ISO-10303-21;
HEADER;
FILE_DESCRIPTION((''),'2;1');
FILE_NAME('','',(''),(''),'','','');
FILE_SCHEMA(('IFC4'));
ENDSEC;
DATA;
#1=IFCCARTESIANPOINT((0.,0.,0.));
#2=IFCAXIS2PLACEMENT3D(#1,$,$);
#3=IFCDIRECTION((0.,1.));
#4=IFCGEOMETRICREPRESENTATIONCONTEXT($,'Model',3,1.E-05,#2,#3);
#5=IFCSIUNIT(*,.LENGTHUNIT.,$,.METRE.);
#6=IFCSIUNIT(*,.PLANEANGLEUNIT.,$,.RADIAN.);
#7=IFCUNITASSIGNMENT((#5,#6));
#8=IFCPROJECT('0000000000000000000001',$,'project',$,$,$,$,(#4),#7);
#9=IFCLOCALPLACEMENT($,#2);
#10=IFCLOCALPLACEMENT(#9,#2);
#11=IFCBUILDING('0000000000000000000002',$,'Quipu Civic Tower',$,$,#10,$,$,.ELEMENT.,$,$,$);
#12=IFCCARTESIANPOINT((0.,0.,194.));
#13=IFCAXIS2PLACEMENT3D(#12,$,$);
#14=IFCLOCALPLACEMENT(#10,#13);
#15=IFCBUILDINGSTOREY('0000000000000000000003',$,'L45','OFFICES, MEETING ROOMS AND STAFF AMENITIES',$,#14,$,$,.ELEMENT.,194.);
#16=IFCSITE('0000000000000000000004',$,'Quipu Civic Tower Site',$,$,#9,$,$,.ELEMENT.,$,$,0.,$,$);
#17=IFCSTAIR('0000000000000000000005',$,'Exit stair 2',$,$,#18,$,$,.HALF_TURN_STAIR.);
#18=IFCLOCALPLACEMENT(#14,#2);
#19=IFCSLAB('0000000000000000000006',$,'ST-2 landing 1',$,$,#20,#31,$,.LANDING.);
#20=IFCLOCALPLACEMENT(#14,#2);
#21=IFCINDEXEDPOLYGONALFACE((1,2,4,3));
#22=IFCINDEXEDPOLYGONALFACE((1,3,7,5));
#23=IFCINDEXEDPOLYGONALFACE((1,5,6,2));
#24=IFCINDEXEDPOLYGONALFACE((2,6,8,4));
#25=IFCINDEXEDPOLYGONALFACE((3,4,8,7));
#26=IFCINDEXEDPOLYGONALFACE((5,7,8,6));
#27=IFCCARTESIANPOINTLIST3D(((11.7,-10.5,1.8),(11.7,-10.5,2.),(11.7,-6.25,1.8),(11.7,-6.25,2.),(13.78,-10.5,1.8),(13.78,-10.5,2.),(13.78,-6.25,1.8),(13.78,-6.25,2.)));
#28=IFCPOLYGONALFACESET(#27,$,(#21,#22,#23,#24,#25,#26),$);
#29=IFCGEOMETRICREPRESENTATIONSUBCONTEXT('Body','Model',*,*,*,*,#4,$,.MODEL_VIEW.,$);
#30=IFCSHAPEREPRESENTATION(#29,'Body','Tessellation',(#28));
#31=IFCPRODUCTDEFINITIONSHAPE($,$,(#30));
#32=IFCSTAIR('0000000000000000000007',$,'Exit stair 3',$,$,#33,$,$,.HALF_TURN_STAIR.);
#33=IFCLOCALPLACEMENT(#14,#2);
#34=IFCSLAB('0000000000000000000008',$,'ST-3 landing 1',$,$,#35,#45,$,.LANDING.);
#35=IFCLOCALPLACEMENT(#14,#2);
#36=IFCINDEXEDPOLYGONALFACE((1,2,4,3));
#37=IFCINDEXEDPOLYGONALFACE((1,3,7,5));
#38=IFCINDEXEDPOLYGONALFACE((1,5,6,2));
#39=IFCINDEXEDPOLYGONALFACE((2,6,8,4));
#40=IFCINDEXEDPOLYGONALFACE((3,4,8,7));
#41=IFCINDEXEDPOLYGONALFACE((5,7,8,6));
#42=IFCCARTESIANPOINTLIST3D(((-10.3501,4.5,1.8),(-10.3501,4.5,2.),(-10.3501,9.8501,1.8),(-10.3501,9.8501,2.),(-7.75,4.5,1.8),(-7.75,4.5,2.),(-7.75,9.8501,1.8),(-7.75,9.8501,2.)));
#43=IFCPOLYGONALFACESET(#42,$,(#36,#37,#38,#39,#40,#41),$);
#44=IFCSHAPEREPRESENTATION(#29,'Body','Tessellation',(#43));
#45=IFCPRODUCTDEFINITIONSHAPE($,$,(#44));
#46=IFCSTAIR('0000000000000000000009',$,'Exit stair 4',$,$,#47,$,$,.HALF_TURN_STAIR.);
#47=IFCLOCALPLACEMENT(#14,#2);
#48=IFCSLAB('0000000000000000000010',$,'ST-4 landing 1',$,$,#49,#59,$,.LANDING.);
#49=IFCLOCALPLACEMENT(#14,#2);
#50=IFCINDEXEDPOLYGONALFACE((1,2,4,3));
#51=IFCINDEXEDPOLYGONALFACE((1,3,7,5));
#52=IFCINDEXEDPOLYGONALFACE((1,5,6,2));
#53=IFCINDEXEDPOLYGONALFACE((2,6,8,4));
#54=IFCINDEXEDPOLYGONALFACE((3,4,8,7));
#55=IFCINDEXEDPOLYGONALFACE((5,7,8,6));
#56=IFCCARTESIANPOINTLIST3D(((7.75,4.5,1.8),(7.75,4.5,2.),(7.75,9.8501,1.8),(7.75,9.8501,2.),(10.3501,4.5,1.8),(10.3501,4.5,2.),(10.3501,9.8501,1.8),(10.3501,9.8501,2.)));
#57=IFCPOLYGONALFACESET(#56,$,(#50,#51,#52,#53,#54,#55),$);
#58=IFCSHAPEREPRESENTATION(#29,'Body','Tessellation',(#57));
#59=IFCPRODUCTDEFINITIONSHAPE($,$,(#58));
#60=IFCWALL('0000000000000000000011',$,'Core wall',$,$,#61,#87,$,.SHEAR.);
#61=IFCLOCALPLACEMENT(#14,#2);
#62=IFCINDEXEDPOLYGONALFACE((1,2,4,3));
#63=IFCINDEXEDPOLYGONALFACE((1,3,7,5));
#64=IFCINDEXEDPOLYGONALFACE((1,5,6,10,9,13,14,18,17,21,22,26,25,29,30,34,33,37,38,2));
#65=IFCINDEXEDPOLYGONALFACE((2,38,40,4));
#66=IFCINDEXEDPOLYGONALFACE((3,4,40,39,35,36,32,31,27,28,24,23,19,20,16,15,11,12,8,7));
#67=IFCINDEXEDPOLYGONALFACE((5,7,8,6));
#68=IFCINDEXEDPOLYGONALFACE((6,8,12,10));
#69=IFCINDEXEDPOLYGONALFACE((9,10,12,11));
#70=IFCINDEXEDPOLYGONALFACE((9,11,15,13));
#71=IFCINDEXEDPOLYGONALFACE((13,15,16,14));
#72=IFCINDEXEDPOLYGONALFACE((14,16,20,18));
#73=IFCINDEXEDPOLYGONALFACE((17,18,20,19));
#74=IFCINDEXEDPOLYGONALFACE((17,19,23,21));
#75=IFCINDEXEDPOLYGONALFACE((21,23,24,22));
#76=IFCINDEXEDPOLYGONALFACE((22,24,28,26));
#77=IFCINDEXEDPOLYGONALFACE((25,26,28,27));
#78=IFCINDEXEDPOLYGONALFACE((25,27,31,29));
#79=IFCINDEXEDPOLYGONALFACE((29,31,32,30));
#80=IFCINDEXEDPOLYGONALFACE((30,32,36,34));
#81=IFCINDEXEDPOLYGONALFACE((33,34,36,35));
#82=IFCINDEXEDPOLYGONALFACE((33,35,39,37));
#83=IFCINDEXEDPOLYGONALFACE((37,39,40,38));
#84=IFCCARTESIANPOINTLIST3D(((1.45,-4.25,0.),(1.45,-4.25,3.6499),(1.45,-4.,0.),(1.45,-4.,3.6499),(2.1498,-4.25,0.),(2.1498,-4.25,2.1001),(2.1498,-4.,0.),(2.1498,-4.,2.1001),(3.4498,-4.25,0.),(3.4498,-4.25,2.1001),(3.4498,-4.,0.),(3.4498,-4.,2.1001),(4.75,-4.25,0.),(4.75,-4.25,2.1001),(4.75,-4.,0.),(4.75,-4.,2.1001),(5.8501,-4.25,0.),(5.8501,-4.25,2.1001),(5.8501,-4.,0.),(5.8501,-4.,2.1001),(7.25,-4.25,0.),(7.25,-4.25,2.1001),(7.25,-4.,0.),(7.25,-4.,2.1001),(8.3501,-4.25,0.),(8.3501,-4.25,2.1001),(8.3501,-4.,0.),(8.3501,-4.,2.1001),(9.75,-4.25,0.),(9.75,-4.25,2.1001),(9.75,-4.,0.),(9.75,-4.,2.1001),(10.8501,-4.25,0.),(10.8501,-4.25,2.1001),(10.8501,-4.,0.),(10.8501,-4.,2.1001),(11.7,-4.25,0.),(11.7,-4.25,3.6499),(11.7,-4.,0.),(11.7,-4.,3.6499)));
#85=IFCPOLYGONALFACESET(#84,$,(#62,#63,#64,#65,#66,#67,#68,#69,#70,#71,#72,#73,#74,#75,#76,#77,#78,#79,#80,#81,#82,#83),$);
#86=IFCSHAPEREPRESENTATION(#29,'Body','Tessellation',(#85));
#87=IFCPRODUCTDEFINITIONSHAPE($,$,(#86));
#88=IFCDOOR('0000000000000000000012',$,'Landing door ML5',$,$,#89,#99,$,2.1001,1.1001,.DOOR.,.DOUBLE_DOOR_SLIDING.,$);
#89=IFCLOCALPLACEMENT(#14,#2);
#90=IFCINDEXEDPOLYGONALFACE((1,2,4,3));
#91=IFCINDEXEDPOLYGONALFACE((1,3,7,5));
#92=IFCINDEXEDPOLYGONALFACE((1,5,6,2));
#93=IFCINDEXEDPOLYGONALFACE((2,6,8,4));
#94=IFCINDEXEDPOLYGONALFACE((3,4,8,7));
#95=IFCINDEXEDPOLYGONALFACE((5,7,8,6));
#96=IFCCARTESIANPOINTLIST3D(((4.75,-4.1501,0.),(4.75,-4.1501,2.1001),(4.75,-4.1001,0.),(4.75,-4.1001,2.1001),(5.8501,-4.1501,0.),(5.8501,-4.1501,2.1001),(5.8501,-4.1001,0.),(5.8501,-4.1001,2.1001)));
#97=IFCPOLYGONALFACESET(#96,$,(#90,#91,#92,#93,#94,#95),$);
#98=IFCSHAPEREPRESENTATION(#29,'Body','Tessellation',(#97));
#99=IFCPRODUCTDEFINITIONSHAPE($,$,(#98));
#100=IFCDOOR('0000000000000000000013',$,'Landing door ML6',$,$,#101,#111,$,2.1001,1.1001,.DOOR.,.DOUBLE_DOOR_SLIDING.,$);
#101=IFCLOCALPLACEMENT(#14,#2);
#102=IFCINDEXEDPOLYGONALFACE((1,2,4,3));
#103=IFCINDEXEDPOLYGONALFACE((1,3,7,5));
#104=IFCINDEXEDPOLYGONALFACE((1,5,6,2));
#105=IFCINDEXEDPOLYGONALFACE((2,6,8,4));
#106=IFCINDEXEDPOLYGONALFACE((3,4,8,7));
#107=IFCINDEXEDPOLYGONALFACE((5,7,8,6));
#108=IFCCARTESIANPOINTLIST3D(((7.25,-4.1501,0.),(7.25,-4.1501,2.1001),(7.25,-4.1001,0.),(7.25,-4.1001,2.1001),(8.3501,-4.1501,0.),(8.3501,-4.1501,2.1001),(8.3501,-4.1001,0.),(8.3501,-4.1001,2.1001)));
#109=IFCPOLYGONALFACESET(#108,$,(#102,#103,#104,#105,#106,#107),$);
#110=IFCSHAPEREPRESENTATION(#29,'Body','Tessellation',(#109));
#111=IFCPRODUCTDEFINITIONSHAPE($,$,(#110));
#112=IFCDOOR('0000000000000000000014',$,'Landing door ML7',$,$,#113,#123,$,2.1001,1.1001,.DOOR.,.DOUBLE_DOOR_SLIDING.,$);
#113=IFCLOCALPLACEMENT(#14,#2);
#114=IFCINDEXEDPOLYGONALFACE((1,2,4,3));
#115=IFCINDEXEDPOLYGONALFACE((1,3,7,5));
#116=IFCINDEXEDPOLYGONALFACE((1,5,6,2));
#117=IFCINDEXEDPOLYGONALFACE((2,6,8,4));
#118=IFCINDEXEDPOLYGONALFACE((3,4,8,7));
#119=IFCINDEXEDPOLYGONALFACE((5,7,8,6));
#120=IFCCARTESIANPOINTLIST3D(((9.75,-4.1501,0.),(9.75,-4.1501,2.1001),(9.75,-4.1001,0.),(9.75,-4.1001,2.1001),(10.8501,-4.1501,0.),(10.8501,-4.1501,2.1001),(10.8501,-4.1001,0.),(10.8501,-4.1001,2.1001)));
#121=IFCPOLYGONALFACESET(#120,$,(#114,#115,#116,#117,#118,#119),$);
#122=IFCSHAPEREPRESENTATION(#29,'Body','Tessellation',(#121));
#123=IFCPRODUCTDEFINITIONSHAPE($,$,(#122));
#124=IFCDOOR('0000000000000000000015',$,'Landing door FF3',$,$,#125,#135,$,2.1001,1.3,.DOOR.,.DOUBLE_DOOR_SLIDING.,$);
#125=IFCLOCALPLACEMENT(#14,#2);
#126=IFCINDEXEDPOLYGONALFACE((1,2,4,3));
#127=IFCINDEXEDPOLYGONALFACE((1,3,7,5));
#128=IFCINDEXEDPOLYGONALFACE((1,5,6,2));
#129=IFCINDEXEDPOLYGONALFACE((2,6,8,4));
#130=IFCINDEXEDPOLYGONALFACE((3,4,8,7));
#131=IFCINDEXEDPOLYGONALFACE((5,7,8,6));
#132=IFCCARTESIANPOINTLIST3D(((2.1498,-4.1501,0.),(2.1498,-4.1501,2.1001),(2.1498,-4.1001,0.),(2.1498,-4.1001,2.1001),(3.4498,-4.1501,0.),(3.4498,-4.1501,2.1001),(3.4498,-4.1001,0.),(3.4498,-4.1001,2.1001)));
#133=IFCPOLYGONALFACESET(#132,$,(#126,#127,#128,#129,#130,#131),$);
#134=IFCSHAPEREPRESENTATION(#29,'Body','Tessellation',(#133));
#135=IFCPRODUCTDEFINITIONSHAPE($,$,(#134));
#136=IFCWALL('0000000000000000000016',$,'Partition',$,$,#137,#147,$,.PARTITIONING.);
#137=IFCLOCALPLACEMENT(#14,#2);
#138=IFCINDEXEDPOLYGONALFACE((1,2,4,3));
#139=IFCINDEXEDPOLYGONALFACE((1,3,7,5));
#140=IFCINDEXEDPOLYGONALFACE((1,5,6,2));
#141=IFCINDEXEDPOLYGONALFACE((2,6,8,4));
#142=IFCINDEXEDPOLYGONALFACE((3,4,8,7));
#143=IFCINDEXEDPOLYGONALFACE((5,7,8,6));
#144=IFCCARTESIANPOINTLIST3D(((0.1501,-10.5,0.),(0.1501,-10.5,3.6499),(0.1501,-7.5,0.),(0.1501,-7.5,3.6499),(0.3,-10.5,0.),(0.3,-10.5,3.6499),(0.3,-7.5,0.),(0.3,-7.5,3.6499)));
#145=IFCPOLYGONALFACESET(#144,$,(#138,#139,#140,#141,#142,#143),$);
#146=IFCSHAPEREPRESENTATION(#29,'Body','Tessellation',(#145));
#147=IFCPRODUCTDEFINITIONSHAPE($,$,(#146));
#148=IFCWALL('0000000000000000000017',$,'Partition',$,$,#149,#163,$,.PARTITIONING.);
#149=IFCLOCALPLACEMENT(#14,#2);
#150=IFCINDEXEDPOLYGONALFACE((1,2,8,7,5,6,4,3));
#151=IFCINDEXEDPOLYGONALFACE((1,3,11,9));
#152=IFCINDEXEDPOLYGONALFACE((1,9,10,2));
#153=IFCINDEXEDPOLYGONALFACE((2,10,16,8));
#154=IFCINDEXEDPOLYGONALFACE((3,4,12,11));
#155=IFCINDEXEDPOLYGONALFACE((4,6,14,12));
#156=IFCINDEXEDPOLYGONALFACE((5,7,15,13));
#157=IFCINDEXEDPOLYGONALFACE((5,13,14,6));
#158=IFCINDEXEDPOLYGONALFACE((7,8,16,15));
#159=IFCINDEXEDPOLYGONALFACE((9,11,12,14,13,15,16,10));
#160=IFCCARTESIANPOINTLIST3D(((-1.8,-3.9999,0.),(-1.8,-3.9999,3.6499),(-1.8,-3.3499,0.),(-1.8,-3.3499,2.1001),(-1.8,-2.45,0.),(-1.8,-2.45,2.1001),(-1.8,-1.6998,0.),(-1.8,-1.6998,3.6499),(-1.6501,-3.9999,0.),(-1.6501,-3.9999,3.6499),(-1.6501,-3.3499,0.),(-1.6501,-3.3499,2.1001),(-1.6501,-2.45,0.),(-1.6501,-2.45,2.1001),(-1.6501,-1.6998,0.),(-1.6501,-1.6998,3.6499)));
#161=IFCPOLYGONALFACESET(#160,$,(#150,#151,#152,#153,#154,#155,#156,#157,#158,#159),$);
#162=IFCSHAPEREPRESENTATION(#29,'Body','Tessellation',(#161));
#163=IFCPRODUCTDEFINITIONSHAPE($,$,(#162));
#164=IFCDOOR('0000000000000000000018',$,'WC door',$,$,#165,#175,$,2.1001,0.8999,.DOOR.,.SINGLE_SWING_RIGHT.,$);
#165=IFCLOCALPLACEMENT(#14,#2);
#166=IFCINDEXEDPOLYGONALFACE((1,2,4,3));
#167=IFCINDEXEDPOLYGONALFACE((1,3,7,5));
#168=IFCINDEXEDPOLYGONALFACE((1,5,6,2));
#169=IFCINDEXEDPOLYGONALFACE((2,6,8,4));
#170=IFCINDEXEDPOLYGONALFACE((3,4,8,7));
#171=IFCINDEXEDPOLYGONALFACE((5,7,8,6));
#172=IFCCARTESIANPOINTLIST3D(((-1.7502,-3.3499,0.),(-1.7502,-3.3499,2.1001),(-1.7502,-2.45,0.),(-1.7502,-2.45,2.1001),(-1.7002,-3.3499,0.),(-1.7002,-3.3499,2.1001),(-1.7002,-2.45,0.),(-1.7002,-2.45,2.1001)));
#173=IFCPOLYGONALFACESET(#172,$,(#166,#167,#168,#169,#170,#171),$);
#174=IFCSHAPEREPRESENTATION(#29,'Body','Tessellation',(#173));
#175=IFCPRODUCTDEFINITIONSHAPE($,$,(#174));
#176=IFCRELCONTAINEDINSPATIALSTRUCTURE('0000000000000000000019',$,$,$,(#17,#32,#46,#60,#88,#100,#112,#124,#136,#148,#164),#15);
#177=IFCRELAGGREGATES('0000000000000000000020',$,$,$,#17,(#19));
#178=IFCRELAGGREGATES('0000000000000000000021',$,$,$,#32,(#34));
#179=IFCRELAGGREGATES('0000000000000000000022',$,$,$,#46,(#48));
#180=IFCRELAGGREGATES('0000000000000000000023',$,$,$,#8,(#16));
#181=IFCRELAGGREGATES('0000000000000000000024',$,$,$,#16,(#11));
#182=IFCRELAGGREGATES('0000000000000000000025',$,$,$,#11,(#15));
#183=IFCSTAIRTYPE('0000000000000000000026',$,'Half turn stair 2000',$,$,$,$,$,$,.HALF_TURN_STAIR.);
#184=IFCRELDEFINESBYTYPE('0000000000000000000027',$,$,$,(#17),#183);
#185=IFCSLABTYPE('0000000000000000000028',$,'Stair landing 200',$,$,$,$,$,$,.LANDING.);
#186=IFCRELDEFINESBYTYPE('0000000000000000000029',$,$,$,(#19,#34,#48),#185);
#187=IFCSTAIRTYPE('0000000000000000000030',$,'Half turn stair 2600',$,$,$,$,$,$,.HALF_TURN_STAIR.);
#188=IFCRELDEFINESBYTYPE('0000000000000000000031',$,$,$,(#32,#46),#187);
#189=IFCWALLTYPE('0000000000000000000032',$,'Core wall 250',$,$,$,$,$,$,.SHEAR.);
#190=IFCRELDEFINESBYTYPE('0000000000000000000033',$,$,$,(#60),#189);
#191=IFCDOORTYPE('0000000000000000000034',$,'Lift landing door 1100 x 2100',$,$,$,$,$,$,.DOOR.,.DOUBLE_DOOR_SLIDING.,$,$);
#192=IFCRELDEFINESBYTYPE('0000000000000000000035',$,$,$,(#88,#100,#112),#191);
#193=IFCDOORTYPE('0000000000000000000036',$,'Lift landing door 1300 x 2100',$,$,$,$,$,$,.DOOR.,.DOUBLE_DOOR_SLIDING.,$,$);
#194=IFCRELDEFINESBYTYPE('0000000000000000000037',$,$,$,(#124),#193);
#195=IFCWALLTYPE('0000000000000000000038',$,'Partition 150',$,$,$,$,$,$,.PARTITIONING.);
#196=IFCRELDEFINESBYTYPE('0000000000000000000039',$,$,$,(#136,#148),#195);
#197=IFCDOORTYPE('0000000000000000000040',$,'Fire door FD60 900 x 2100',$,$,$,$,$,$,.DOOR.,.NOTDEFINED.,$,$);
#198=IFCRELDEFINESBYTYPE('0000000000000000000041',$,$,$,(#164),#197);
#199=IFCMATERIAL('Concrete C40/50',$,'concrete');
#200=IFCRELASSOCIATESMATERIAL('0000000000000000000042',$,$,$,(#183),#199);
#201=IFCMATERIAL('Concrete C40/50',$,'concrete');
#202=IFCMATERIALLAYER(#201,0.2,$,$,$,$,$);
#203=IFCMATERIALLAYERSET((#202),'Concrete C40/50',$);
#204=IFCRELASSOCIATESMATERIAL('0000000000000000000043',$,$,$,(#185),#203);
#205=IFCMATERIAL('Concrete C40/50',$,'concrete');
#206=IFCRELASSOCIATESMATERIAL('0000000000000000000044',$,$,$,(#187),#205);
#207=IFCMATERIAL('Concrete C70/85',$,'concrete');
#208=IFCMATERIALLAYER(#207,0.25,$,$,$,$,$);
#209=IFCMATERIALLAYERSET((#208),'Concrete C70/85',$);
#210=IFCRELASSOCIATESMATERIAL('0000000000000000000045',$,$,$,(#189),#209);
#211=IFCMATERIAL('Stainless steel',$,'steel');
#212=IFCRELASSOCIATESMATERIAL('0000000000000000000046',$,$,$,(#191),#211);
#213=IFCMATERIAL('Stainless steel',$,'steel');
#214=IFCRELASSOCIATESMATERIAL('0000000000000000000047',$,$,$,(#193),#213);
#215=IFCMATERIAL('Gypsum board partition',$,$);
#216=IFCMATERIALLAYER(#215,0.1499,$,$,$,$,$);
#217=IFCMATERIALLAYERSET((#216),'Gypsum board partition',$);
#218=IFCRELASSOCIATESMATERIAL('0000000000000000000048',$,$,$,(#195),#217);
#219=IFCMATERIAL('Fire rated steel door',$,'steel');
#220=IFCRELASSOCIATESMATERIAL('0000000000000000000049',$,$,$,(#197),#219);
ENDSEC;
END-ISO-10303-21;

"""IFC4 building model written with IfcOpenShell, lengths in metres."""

from ifc_helpers import new_model, si_unit, direction, frame, frame_2d, origin, place, context, subcontext, project, spatial, polyline, rectangle, outline, extrude, material, layer, layer_set, type_object, element, fill, aggregate, save


model = new_model("IFC4")

# Units and contexts
model_context = context("Model", 3, precision=1e-05, world=origin(), true_north=direction((0.0, 1.0)))
body_context = subcontext(model_context, "Body", "Model", "MODEL_VIEW")
ifc_project = project(units=[si_unit("LENGTHUNIT", "METRE"), si_unit("PLANEANGLEUNIT", "RADIAN")], contexts=[model_context])

# Site, building, storey
site_placement = place(None, origin())
site = spatial("IfcSite", under=ifc_project, at=site_placement, Name="Quipu Civic Tower Site", CompositionType="ELEMENT", RefElevation=0.0)
building_placement = place(site_placement, origin())
building = spatial("IfcBuilding", under=site, at=building_placement, Name="Quipu Civic Tower", CompositionType="ELEMENT")
storey_placement = place(building_placement, frame((0.0, 0.0, 194.0)))
storey = spatial("IfcBuildingStorey", under=building, at=storey_placement, Name="L45", Description="OFFICES, MEETING ROOMS AND STAFF AMENITIES", CompositionType="ELEMENT", Elevation=194.0)

# Stairs, slabs
ifc_material_1 = material(Name="Concrete C40/50", Category="concrete")
stair_type_1 = type_object("IfcStairType", Name="Half turn stair 2000", PredefinedType="HALF_TURN_STAIR", material=ifc_material_1)
ifc_material_2 = material(Name="Concrete C40/50", Category="concrete")
ifc_layer_1 = layer(ifc_material_2, 0.2)
ifc_layer_set_1 = layer_set([ifc_layer_1], Name="Concrete C40/50")
slab_type_1 = type_object("IfcSlabType", Name="Stair landing 200", PredefinedType="LANDING", material=ifc_layer_set_1)
stair_1_placement = place(storey_placement, origin())
stair_1 = element("IfcStair", 1, at=stair_1_placement, inside=storey, type_object=stair_type_1, Name="Exit stair 2", PredefinedType="HALF_TURN_STAIR")
slab_1_placement = place(storey_placement, frame((0.0, 0.0, 1.8)))
slab_1 = element("IfcSlab", 2, at=slab_1_placement, type_object=slab_type_1, Name="ST-2 landing 1", PredefinedType="LANDING", context=body_context, shape_type="SweptSolid", body=[
    extrude(outline(polyline([(13.78, -6.25), (11.7, -6.25), (11.7, -10.5), (13.78, -10.5), (13.78, -6.25)])), origin(), (0.0, 0.0, 1.0), 0.2),
])
aggregate(stair_1, [slab_1])
ifc_material_3 = material(Name="Concrete C40/50", Category="concrete")
stair_type_2 = type_object("IfcStairType", Name="Half turn stair 2600", PredefinedType="HALF_TURN_STAIR", material=ifc_material_3)
stair_2_placement = place(storey_placement, origin())
stair_2 = element("IfcStair", 3, at=stair_2_placement, inside=storey, type_object=stair_type_2, Name="Exit stair 3", PredefinedType="HALF_TURN_STAIR")
slab_2_placement = place(storey_placement, frame((0.0, 0.0, 1.8)))
slab_2 = element("IfcSlab", 4, at=slab_2_placement, type_object=slab_type_1, Name="ST-3 landing 1", PredefinedType="LANDING", context=body_context, shape_type="SweptSolid", body=[
    extrude(outline(polyline([(-10.3501, 4.5), (-7.75, 4.5), (-7.75, 9.8501), (-10.3501, 9.8501), (-10.3501, 4.5)])), origin(), (0.0, 0.0, 1.0), 0.2),
])
aggregate(stair_2, [slab_2])
stair_3_placement = place(storey_placement, origin())
stair_3 = element("IfcStair", 5, at=stair_3_placement, inside=storey, type_object=stair_type_2, Name="Exit stair 4", PredefinedType="HALF_TURN_STAIR")
slab_3_placement = place(storey_placement, frame((0.0, 0.0, 1.8)))
slab_3 = element("IfcSlab", 6, at=slab_3_placement, type_object=slab_type_1, Name="ST-4 landing 1", PredefinedType="LANDING", context=body_context, shape_type="SweptSolid", body=[
    extrude(outline(polyline([(10.3501, 9.8501), (7.75, 9.8501), (7.75, 4.5), (10.3501, 4.5), (10.3501, 9.8501)])), origin(), (0.0, 0.0, 1.0), 0.2),
])
aggregate(stair_3, [slab_3])

# Wall, openings, doors
ifc_material_4 = material(Name="Concrete C70/85", Category="concrete")
ifc_layer_2 = layer(ifc_material_4, 0.25)
ifc_layer_set_2 = layer_set([ifc_layer_2], Name="Concrete C70/85")
wall_type_1 = type_object("IfcWallType", Name="Core wall 250", PredefinedType="SHEAR", material=ifc_layer_set_2)
wall_1_placement = place(storey_placement, frame((1.45, -4.125, 0.0), z_axis=(0.0, 0.0, 1.0), x_axis=(1.0, 0.0, 0.0)))
wall_1 = element("IfcWall", 7, at=wall_1_placement, inside=storey, type_object=wall_type_1, Name="Core wall", PredefinedType="SHEAR", context=body_context, shape_type="SweptSolid", body=[
    extrude(rectangle(XDim=10.25, YDim=0.25, at=frame_2d((5.125, 0.0))), origin(), (0.0, 0.0, 1.0), 3.6499),
])
opening_1_placement = place(wall_1_placement, frame((0.7, 0.0, 0.0)))
opening_1 = element("IfcOpeningElement", 8, at=opening_1_placement, cuts=wall_1, PredefinedType="OPENING", context=body_context, shape_type="SweptSolid", body=[
    extrude(rectangle(XDim=1.3, YDim=2.1001, at=frame_2d((0.6499, 1.05))), frame((0.0, 0.135, 0.0), z_axis=(0.0, -1.0, 0.0), x_axis=(1.0, 0.0, 0.0)), (0.0, 0.0, 1.0), 0.27),
])
opening_2_placement = place(wall_1_placement, frame((3.3, 0.0, 0.0)))
opening_2 = element("IfcOpeningElement", 9, at=opening_2_placement, cuts=wall_1, PredefinedType="OPENING", context=body_context, shape_type="SweptSolid", body=[
    extrude(rectangle(XDim=1.1001, YDim=2.1001, at=frame_2d((0.55, 1.05))), frame((0.0, 0.135, 0.0), z_axis=(0.0, -1.0, 0.0), x_axis=(1.0, 0.0, 0.0)), (0.0, 0.0, 1.0), 0.27),
])
opening_3_placement = place(wall_1_placement, frame((5.8, 0.0, 0.0)))
opening_3 = element("IfcOpeningElement", 10, at=opening_3_placement, cuts=wall_1, PredefinedType="OPENING", context=body_context, shape_type="SweptSolid", body=[
    extrude(rectangle(XDim=1.1001, YDim=2.1001, at=frame_2d((0.55, 1.05))), frame((0.0, 0.135, 0.0), z_axis=(0.0, -1.0, 0.0), x_axis=(1.0, 0.0, 0.0)), (0.0, 0.0, 1.0), 0.27),
])
opening_4_placement = place(wall_1_placement, frame((8.3, 0.0, 0.0)))
opening_4 = element("IfcOpeningElement", 11, at=opening_4_placement, cuts=wall_1, PredefinedType="OPENING", context=body_context, shape_type="SweptSolid", body=[
    extrude(rectangle(XDim=1.1001, YDim=2.1001, at=frame_2d((0.55, 1.05))), frame((0.0, 0.135, 0.0), z_axis=(0.0, -1.0, 0.0), x_axis=(1.0, 0.0, 0.0)), (0.0, 0.0, 1.0), 0.27),
])
ifc_material_5 = material(Name="Stainless steel", Category="steel")
door_type_1 = type_object("IfcDoorType", Name="Lift landing door 1100 x 2100", OperationType="DOUBLE_DOOR_SLIDING", PredefinedType="DOOR", material=ifc_material_5)
door_1_placement = place(opening_2_placement, origin())
door_1 = element("IfcDoor", 12, at=door_1_placement, inside=storey, type_object=door_type_1, Name="Landing door ML5", OperationType="DOUBLE_DOOR_SLIDING", OverallHeight=2.1001, OverallWidth=1.1001, PredefinedType="DOOR", context=body_context, shape_type="SweptSolid", body=[
    extrude(rectangle(XDim=1.1001, YDim=2.1001, at=frame_2d((0.55, 1.05))), frame((0.0, 0.0249, 0.0), z_axis=(0.0, -1.0, 0.0), x_axis=(1.0, 0.0, 0.0)), (0.0, 0.0, 1.0), 0.05),
])
fill(opening_2, door_1)
door_2_placement = place(opening_3_placement, origin())
door_2 = element("IfcDoor", 13, at=door_2_placement, inside=storey, type_object=door_type_1, Name="Landing door ML6", OperationType="DOUBLE_DOOR_SLIDING", OverallHeight=2.1001, OverallWidth=1.1001, PredefinedType="DOOR", context=body_context, shape_type="SweptSolid", body=[
    extrude(rectangle(XDim=1.1001, YDim=2.1001, at=frame_2d((0.55, 1.05))), frame((0.0, 0.0249, 0.0), z_axis=(0.0, -1.0, 0.0), x_axis=(1.0, 0.0, 0.0)), (0.0, 0.0, 1.0), 0.05),
])
fill(opening_3, door_2)
door_3_placement = place(opening_4_placement, origin())
door_3 = element("IfcDoor", 14, at=door_3_placement, inside=storey, type_object=door_type_1, Name="Landing door ML7", OperationType="DOUBLE_DOOR_SLIDING", OverallHeight=2.1001, OverallWidth=1.1001, PredefinedType="DOOR", context=body_context, shape_type="SweptSolid", body=[
    extrude(rectangle(XDim=1.1001, YDim=2.1001, at=frame_2d((0.55, 1.05))), frame((0.0, 0.0249, 0.0), z_axis=(0.0, -1.0, 0.0), x_axis=(1.0, 0.0, 0.0)), (0.0, 0.0, 1.0), 0.05),
])
fill(opening_4, door_3)
ifc_material_6 = material(Name="Stainless steel", Category="steel")
door_type_2 = type_object("IfcDoorType", Name="Lift landing door 1300 x 2100", OperationType="DOUBLE_DOOR_SLIDING", PredefinedType="DOOR", material=ifc_material_6)
door_4_placement = place(opening_1_placement, origin())
door_4 = element("IfcDoor", 15, at=door_4_placement, inside=storey, type_object=door_type_2, Name="Landing door FF3", OperationType="DOUBLE_DOOR_SLIDING", OverallHeight=2.1001, OverallWidth=1.3, PredefinedType="DOOR", context=body_context, shape_type="SweptSolid", body=[
    extrude(rectangle(XDim=1.3, YDim=2.1001, at=frame_2d((0.6499, 1.05))), frame((0.0, 0.0249, 0.0), z_axis=(0.0, -1.0, 0.0), x_axis=(1.0, 0.0, 0.0)), (0.0, 0.0, 1.0), 0.05),
])
fill(opening_1, door_4)

# Wall
ifc_material_7 = material(Name="Gypsum board partition")
ifc_layer_3 = layer(ifc_material_7, 0.1499)
ifc_layer_set_3 = layer_set([ifc_layer_3], Name="Gypsum board partition")
wall_type_2 = type_object("IfcWallType", Name="Partition 150", PredefinedType="PARTITIONING", material=ifc_layer_set_3)
wall_2_placement = place(storey_placement, frame((0.2251, -10.5, 0.0), z_axis=(0.0, 0.0, 1.0), x_axis=(0.0, 1.0, 0.0)))
element("IfcWall", 16, at=wall_2_placement, inside=storey, type_object=wall_type_2, Name="Partition", PredefinedType="PARTITIONING", context=body_context, shape_type="SweptSolid", body=[
    extrude(rectangle(XDim=3.0, YDim=0.1499, at=frame_2d((1.5, 0.0))), origin(), (0.0, 0.0, 1.0), 3.6499),
])

# Wall, opening, door
wall_3_placement = place(storey_placement, frame((-1.7251, -1.7, 0.0), z_axis=(0.0, 0.0, 1.0), x_axis=(0.0, -1.0, 0.0)))
wall_3 = element("IfcWall", 17, at=wall_3_placement, inside=storey, type_object=wall_type_2, Name="Partition", PredefinedType="PARTITIONING", context=body_context, shape_type="SweptSolid", body=[
    extrude(rectangle(XDim=2.3, YDim=0.1499, at=frame_2d((1.1499, 0.0))), origin(), (0.0, 0.0, 1.0), 3.6499),
])
opening_5_placement = place(wall_3_placement, frame((0.75, 0.0, 0.0)))
opening_5 = element("IfcOpeningElement", 18, at=opening_5_placement, cuts=wall_3, PredefinedType="OPENING", context=body_context, shape_type="SweptSolid", body=[
    extrude(rectangle(XDim=0.8999, YDim=2.1001, at=frame_2d((0.45, 1.05))), frame((0.0, 0.085, 0.0), z_axis=(0.0, -1.0, 0.0), x_axis=(1.0, 0.0, 0.0)), (0.0, 0.0, 1.0), 0.1699),
])
ifc_material_8 = material(Name="Fire rated steel door", Category="steel")
door_type_3 = type_object("IfcDoorType", Name="Fire door FD60 900 x 2100", OperationType="NOTDEFINED", PredefinedType="DOOR", material=ifc_material_8)
door_5_placement = place(opening_5_placement, origin())
door_5 = element("IfcDoor", 19, at=door_5_placement, inside=storey, type_object=door_type_3, Name="WC door", OperationType="SINGLE_SWING_RIGHT", OverallHeight=2.1001, OverallWidth=0.8999, PredefinedType="DOOR", context=body_context, shape_type="SweptSolid", body=[
    extrude(rectangle(XDim=0.8999, YDim=2.1001, at=frame_2d((0.45, 1.05))), frame((0.0, 0.0249, 0.0), z_axis=(0.0, -1.0, 0.0), x_axis=(1.0, 0.0, 0.0)), (0.0, 0.0, 1.0), 0.05),
])
fill(opening_5, door_5)

save(model, "model.ifc")
